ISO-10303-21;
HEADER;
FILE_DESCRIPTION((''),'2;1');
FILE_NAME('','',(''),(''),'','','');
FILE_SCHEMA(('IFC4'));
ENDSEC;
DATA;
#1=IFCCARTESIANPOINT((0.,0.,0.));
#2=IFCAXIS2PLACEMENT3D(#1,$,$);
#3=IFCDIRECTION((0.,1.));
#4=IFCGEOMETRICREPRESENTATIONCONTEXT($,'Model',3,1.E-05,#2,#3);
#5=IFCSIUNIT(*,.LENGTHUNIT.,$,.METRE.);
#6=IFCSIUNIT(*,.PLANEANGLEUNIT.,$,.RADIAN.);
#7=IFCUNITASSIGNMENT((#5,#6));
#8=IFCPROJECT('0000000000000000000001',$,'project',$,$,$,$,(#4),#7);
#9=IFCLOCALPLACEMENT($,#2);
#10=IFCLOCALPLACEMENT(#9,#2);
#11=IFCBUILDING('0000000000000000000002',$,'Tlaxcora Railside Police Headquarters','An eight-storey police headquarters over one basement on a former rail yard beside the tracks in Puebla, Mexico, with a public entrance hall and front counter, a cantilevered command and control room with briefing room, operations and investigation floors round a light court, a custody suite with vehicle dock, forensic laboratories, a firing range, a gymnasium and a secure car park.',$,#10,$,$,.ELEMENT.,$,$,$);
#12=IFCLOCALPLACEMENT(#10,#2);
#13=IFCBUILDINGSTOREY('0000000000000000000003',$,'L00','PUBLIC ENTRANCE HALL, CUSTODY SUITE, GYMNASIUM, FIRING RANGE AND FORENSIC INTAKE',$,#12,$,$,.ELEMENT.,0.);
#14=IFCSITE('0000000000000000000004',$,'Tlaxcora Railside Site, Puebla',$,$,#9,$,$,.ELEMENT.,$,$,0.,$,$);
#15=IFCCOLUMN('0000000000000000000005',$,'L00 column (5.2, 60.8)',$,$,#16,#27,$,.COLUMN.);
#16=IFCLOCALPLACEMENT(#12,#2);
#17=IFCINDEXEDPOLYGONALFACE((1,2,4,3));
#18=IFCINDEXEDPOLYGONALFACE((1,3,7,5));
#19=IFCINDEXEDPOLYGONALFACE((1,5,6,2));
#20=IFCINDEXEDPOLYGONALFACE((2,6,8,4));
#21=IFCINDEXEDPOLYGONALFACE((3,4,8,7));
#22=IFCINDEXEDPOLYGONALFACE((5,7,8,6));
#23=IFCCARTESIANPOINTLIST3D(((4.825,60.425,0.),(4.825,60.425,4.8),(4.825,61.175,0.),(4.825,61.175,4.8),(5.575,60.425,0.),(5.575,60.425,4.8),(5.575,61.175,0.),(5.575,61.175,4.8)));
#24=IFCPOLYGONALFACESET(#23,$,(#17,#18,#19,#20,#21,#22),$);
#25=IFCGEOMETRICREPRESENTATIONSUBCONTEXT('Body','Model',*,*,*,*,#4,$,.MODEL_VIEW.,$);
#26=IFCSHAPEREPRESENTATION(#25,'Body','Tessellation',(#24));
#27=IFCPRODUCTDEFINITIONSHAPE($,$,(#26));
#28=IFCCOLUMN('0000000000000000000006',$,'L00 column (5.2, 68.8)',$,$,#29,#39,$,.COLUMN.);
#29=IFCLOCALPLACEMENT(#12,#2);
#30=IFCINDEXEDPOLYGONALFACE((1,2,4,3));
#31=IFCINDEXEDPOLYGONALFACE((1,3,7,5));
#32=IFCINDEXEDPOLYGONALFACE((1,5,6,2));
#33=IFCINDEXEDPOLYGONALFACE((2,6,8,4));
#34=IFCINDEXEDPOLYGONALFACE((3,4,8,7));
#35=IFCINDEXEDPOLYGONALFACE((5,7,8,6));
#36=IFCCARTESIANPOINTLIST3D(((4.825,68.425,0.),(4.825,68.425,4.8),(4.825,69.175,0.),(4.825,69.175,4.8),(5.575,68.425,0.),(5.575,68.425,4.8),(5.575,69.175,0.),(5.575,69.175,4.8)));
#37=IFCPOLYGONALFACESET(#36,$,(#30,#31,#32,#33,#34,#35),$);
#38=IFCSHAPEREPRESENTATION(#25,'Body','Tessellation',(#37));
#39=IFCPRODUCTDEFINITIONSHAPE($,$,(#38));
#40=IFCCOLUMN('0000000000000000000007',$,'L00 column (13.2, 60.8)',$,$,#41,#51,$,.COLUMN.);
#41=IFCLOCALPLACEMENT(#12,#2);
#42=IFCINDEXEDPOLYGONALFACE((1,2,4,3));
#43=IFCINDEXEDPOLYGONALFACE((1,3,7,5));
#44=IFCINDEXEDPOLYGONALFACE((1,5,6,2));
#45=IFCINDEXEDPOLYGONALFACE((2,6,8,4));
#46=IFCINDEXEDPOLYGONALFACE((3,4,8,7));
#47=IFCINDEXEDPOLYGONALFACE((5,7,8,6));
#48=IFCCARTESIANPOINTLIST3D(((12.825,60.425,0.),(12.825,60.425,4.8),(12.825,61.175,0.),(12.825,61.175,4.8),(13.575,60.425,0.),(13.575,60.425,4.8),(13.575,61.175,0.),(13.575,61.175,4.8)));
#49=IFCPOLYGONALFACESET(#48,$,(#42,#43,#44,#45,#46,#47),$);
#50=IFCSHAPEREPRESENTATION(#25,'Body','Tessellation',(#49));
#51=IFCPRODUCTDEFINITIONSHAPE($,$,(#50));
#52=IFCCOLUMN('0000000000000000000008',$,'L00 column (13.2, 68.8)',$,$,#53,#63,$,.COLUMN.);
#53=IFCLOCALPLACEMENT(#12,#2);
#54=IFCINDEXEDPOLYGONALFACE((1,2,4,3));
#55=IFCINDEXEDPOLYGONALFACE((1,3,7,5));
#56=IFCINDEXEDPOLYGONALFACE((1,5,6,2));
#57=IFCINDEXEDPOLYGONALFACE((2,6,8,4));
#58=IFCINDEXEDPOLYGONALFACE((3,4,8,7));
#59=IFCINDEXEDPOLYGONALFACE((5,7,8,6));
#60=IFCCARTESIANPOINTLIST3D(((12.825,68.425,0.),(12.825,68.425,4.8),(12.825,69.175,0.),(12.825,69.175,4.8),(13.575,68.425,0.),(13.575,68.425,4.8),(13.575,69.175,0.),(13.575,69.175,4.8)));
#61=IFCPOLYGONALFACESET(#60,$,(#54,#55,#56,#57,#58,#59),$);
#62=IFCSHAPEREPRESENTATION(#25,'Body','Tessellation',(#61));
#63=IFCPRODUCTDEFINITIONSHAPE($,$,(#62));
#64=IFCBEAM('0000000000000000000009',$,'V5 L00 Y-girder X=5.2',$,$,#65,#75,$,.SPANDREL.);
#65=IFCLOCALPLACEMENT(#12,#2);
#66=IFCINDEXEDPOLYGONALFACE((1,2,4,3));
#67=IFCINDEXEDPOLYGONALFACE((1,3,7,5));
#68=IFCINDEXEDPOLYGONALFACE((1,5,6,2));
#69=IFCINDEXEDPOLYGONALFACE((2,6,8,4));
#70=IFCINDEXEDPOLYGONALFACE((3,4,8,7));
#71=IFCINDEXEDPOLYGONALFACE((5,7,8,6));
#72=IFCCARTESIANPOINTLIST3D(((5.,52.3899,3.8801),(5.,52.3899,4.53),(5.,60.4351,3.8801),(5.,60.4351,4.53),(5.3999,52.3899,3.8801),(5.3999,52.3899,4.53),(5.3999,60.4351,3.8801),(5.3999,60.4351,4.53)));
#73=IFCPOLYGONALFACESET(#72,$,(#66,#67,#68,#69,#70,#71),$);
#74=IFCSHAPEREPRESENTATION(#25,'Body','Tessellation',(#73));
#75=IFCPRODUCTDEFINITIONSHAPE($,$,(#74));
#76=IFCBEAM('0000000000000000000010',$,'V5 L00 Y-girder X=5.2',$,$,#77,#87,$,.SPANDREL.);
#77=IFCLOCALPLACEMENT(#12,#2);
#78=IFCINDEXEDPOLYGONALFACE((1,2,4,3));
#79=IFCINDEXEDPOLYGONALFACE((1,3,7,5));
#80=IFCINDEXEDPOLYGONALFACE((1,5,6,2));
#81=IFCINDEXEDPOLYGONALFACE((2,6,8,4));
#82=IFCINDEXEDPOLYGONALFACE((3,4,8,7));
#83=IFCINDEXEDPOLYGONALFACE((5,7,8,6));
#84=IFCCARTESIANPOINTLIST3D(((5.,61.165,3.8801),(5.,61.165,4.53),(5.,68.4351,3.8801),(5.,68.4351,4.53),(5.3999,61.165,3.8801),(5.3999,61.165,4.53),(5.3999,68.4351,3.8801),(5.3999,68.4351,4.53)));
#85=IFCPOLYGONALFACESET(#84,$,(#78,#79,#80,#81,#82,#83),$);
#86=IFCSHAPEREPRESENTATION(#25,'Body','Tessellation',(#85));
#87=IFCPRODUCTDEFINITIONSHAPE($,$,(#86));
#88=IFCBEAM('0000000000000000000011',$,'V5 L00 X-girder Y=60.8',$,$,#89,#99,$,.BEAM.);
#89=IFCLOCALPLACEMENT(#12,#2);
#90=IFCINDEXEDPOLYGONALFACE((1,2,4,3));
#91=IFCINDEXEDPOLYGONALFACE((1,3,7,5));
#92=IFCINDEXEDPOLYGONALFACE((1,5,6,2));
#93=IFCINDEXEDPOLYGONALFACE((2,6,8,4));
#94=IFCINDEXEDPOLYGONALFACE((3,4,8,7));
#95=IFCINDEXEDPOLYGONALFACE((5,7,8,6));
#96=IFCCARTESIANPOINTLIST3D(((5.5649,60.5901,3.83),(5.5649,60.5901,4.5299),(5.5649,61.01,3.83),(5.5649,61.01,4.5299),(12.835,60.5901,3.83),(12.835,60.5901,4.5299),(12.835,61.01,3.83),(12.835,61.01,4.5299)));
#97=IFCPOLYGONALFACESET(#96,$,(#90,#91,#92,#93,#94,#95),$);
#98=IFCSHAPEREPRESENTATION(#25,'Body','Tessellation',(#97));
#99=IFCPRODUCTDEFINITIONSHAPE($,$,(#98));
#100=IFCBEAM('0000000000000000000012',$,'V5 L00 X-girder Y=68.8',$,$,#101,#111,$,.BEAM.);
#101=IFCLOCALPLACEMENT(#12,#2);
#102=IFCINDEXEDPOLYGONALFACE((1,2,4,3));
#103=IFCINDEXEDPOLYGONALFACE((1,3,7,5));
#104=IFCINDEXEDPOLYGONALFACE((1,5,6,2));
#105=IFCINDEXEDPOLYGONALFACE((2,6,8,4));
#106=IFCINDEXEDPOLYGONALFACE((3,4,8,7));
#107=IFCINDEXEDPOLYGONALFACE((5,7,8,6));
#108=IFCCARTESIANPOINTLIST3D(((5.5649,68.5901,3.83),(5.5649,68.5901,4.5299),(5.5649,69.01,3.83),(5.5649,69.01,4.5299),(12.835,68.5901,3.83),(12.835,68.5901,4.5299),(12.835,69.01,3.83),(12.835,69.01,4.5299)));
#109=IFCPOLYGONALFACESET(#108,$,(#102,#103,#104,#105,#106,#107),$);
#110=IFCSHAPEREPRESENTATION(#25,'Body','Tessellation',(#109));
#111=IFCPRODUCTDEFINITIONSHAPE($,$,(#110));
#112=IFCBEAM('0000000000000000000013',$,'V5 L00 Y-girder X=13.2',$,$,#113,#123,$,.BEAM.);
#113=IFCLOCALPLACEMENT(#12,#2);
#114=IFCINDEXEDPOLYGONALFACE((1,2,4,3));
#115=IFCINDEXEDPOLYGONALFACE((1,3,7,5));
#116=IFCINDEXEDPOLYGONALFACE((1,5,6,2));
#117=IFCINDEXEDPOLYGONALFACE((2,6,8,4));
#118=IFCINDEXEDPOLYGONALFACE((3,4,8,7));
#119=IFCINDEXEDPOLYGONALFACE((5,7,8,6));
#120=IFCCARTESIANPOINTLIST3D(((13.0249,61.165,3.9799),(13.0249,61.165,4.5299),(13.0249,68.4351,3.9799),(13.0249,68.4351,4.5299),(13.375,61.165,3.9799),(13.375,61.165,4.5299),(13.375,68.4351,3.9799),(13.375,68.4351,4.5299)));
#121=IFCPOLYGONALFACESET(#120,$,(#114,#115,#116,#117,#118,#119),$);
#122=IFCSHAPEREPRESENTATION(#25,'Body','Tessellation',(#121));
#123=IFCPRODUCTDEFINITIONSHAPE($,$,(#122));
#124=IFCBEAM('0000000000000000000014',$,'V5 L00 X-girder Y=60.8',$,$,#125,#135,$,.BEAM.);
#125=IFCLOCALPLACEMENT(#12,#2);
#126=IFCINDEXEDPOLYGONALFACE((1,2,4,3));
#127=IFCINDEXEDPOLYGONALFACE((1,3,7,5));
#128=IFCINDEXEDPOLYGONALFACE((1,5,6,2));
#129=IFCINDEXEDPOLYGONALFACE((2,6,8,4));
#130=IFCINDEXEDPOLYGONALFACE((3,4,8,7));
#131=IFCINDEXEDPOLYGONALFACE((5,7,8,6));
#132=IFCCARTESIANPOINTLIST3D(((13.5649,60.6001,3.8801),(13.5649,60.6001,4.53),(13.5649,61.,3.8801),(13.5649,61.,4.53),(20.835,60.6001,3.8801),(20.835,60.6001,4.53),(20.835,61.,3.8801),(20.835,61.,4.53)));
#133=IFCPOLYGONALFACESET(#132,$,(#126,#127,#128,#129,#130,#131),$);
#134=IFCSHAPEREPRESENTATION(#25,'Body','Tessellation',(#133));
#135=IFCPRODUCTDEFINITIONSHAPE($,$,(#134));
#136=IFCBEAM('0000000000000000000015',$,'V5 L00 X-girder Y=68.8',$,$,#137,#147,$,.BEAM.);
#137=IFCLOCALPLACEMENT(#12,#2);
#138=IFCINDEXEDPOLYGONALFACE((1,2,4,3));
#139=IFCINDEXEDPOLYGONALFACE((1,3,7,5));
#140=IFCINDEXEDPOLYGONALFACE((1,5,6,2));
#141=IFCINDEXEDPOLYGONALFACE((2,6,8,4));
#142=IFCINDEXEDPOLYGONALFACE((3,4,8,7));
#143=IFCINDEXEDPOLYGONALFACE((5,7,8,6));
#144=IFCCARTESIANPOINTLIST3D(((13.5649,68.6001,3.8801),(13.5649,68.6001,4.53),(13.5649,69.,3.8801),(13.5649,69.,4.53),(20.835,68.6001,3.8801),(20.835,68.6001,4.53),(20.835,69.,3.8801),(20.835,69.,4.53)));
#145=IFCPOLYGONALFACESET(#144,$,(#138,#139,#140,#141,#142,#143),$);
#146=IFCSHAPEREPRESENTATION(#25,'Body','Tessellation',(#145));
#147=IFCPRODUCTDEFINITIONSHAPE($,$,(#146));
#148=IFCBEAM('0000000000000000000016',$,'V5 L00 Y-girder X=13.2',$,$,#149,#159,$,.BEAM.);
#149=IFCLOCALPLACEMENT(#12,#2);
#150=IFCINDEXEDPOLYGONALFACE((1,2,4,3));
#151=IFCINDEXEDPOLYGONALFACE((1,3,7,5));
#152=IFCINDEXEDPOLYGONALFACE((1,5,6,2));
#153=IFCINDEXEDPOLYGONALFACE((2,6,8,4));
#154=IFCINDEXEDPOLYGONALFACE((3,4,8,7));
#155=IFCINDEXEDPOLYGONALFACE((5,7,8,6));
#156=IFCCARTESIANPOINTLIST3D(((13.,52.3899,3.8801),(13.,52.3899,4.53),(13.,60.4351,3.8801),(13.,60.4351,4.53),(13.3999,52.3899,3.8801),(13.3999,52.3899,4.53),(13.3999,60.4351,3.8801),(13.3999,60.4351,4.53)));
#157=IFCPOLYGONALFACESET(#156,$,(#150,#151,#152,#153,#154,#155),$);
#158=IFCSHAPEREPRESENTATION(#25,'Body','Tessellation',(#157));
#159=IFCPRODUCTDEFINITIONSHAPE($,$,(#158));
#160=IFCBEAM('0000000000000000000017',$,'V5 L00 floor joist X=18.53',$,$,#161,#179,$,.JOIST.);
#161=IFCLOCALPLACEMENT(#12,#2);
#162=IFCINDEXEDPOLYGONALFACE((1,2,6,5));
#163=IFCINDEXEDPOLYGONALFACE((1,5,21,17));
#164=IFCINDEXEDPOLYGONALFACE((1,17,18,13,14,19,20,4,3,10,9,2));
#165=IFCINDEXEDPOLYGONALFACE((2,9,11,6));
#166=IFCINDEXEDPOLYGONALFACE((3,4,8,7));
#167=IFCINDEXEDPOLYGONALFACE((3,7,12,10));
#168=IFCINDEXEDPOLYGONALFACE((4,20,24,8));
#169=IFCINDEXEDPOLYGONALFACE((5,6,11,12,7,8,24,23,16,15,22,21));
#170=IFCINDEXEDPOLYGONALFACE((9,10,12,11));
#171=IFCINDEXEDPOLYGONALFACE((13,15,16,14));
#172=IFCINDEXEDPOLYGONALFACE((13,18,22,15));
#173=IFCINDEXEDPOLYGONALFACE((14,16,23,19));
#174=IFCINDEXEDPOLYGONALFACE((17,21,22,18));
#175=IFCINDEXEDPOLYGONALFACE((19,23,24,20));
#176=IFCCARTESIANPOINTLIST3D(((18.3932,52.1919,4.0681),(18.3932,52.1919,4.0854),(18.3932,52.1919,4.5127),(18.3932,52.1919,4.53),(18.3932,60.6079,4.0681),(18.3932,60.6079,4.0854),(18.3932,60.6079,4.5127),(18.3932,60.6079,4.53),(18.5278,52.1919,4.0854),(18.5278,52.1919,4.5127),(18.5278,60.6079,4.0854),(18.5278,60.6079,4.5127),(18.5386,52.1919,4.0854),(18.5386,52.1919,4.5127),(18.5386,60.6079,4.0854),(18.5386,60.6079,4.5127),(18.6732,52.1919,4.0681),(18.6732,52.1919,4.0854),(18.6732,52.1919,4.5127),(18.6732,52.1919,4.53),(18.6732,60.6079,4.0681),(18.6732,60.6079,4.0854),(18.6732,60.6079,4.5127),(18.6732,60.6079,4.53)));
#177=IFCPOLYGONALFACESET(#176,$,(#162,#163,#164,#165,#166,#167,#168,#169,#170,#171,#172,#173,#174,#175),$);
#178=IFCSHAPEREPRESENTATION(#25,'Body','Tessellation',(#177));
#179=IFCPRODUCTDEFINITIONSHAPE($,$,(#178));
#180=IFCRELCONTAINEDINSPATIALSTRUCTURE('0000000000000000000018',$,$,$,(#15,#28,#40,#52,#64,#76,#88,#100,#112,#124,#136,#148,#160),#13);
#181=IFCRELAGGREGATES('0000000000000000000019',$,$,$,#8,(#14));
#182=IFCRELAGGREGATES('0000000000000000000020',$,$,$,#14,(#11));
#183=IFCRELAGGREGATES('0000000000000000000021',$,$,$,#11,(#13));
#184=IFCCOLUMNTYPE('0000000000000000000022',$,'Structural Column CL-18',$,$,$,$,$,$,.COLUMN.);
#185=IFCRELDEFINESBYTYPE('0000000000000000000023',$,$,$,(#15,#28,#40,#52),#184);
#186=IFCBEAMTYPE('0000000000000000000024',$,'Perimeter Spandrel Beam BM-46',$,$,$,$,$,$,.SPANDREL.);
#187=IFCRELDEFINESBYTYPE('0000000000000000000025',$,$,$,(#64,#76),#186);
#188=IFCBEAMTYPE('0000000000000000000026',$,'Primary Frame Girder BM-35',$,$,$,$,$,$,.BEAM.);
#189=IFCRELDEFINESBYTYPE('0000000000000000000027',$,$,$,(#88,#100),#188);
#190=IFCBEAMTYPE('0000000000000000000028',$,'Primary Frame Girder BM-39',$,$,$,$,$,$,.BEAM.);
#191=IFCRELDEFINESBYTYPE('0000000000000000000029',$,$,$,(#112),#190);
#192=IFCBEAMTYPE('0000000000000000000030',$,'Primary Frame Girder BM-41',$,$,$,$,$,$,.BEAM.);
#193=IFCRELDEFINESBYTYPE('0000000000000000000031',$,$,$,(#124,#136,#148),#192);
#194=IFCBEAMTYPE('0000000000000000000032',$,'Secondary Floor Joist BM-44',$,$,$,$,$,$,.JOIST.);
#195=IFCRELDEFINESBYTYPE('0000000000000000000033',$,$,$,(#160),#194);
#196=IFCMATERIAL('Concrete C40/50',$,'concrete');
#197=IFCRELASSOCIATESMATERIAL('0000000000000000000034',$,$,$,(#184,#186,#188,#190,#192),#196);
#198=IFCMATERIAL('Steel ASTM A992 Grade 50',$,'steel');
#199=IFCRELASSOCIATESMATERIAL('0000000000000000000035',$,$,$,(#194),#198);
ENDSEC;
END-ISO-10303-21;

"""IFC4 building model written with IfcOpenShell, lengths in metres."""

from ifc_helpers import new_model, si_unit, direction, frame, origin, origin_2d, place, context, subcontext, project, spatial, rectangle, i_section, extrude, material, material_profile, profile_set, type_object, element, save


model = new_model("IFC4")

# Units and contexts
model_context = context("Model", 3, precision=1e-05, world=origin(), true_north=direction((0.0, 1.0)))
body_context = subcontext(model_context, "Body", "Model", "MODEL_VIEW")
ifc_project = project(units=[si_unit("LENGTHUNIT", "METRE"), si_unit("PLANEANGLEUNIT", "RADIAN")], contexts=[model_context])

# Site, building, storey
site_placement = place(None, origin())
site = spatial("IfcSite", under=ifc_project, at=site_placement, Name="Tlaxcora Railside Site, Puebla", CompositionType="ELEMENT", RefElevation=0.0)
building_placement = place(site_placement, origin())
building = spatial("IfcBuilding", under=site, at=building_placement, Name="Tlaxcora Railside Police Headquarters", Description="An eight-storey police headquarters over one basement on a former rail yard beside the tracks in Puebla, Mexico, with a public entrance hall and front counter, a cantilevered command and control room with briefing room, operations and investigation floors round a light court, a custody suite with vehicle dock, forensic laboratories, a firing range, a gymnasium and a secure car park.", CompositionType="ELEMENT")
storey_placement = place(building_placement, origin())
storey = spatial("IfcBuildingStorey", under=building, at=storey_placement, Name="L00", Description="PUBLIC ENTRANCE HALL, CUSTODY SUITE, GYMNASIUM, FIRING RANGE AND FORENSIC INTAKE", CompositionType="ELEMENT", Elevation=0.0)

# Columns
ifc_material_1 = material(Name="Concrete C40/50", Category="concrete")
ifc_material_profile_1 = material_profile(ifc_material_1, rectangle(XDim=0.75, YDim=0.75, at=origin_2d()), Name="RC750X750")
ifc_profile_set_1 = profile_set([ifc_material_profile_1], Name="Concrete C40/50")
column_type = type_object("IfcColumnType", Name="Structural Column CL-18", PredefinedType="COLUMN", material=ifc_profile_set_1)
for number, where, z_axis, x_axis, name in (
    (1, (5.2, 60.8, 0.0), (0.0, 0.0, 1.0), (1.0, 0.0, 0.0), "L00 column (5.2, 60.8)"),
    (2, (5.2, 68.8, 0.0), (0.0, 0.0, 1.0), (1.0, 0.0, 0.0), "L00 column (5.2, 68.8)"),
    (3, (13.2, 60.8, 0.0), (0.0, 0.0, 1.0), (1.0, 0.0, 0.0), "L00 column (13.2, 60.8)"),
    (4, (13.2, 68.8, 0.0), (0.0, 0.0, 1.0), (1.0, 0.0, 0.0), "L00 column (13.2, 68.8)"),
):
    element("IfcColumn", number, at=place(storey_placement, frame(where, z_axis=z_axis, x_axis=x_axis)), inside=storey, type_object=column_type, Name=name, PredefinedType="COLUMN", context=body_context, shape_type="SweptSolid", body=[
        extrude(rectangle(XDim=0.75, YDim=0.75, at=origin_2d()), origin(), (0.0, 0.0, 1.0), 4.8),
    ])

# Beams
ifc_material_profile_2 = material_profile(ifc_material_1, rectangle(XDim=0.3999, YDim=0.6499, at=origin_2d()), Name="RC400X650")
ifc_profile_set_2 = profile_set([ifc_material_profile_2], Name="Concrete C40/50")
beam_type_1 = type_object("IfcBeamType", Name="Perimeter Spandrel Beam BM-46", PredefinedType="SPANDREL", material=ifc_profile_set_2)
beam_1_placement = place(storey_placement, frame((5.2, 52.3899, 4.2051), z_axis=(0.0, 1.0, 0.0), x_axis=(-1.0, 0.0, 0.0)))
element("IfcBeam", 5, at=beam_1_placement, inside=storey, type_object=beam_type_1, Name="V5 L00 Y-girder X=5.2", PredefinedType="SPANDREL", context=body_context, shape_type="SweptSolid", body=[
    extrude(rectangle(XDim=0.3999, YDim=0.6499, at=origin_2d()), origin(), (0.0, 0.0, 1.0), 8.0452),
])
beam_2_placement = place(storey_placement, frame((5.2, 61.165, 4.2051), z_axis=(0.0, 1.0, 0.0), x_axis=(-1.0, 0.0, 0.0)))
element("IfcBeam", 6, at=beam_2_placement, inside=storey, type_object=beam_type_1, Name="V5 L00 Y-girder X=5.2", PredefinedType="SPANDREL", context=body_context, shape_type="SweptSolid", body=[
    extrude(rectangle(XDim=0.3999, YDim=0.6499, at=origin_2d()), origin(), (0.0, 0.0, 1.0), 7.27),
])
ifc_material_profile_3 = material_profile(ifc_material_1, rectangle(XDim=0.4199, YDim=0.7, at=origin_2d()), Name="RC420X700")
ifc_profile_set_3 = profile_set([ifc_material_profile_3], Name="Concrete C40/50")
beam_type_2 = type_object("IfcBeamType", Name="Primary Frame Girder BM-35", PredefinedType="BEAM", material=ifc_profile_set_3)
for number, where, z_axis, x_axis, name in (
    (7, (5.5649, 60.8, 4.1799), (1.0, 0.0, 0.0), (0.0, 1.0, 0.0), "V5 L00 X-girder Y=60.8"),
    (8, (5.5649, 68.8, 4.1799), (1.0, 0.0, 0.0), (0.0, 1.0, 0.0), "V5 L00 X-girder Y=68.8"),
):
    element("IfcBeam", number, at=place(storey_placement, frame(where, z_axis=z_axis, x_axis=x_axis)), inside=storey, type_object=beam_type_2, Name=name, PredefinedType="BEAM", context=body_context, shape_type="SweptSolid", body=[
        extrude(rectangle(XDim=0.4199, YDim=0.7, at=origin_2d()), origin(), (0.0, 0.0, 1.0), 7.27),
    ])
ifc_material_profile_4 = material_profile(ifc_material_1, rectangle(XDim=0.3501, YDim=0.55, at=origin_2d()), Name="RC350X550")
ifc_profile_set_4 = profile_set([ifc_material_profile_4], Name="Concrete C40/50")
beam_type_3 = type_object("IfcBeamType", Name="Primary Frame Girder BM-39", PredefinedType="BEAM", material=ifc_profile_set_4)
beam_3_placement = place(storey_placement, frame((13.2, 61.165, 4.2549), z_axis=(0.0, 1.0, 0.0), x_axis=(-1.0, 0.0, 0.0)))
element("IfcBeam", 9, at=beam_3_placement, inside=storey, type_object=beam_type_3, Name="V5 L00 Y-girder X=13.2", PredefinedType="BEAM", context=body_context, shape_type="SweptSolid", body=[
    extrude(rectangle(XDim=0.3501, YDim=0.55, at=origin_2d()), origin(), (0.0, 0.0, 1.0), 7.27),
])
ifc_material_profile_5 = material_profile(ifc_material_1, rectangle(XDim=0.3999, YDim=0.6499, at=origin_2d()), Name="RC400X650")
ifc_profile_set_5 = profile_set([ifc_material_profile_5], Name="Concrete C40/50")
beam_type_4 = type_object("IfcBeamType", Name="Primary Frame Girder BM-41", PredefinedType="BEAM", material=ifc_profile_set_5)
for number, where, z_axis, x_axis, name in (
    (10, (13.5649, 60.8, 4.2051), (1.0, 0.0, 0.0), (0.0, 1.0, 0.0), "V5 L00 X-girder Y=60.8"),
    (11, (13.5649, 68.8, 4.2051), (1.0, 0.0, 0.0), (0.0, 1.0, 0.0), "V5 L00 X-girder Y=68.8"),
):
    element("IfcBeam", number, at=place(storey_placement, frame(where, z_axis=z_axis, x_axis=x_axis)), inside=storey, type_object=beam_type_4, Name=name, PredefinedType="BEAM", context=body_context, shape_type="SweptSolid", body=[
        extrude(rectangle(XDim=0.3999, YDim=0.6499, at=origin_2d()), origin(), (0.0, 0.0, 1.0), 7.27),
    ])
beam_4_placement = place(storey_placement, frame((13.2, 52.3899, 4.2051), z_axis=(0.0, 1.0, 0.0), x_axis=(-1.0, 0.0, 0.0)))
element("IfcBeam", 12, at=beam_4_placement, inside=storey, type_object=beam_type_4, Name="V5 L00 Y-girder X=13.2", PredefinedType="BEAM", context=body_context, shape_type="SweptSolid", body=[
    extrude(rectangle(XDim=0.3999, YDim=0.6499, at=origin_2d()), origin(), (0.0, 0.0, 1.0), 8.0452),
])
ifc_material_2 = material(Name="Steel ASTM A992 Grade 50", Category="steel")
ifc_material_profile_6 = material_profile(ifc_material_2, i_section(OverallWidth=0.28, OverallDepth=0.4619, WebThickness=0.0107, FlangeThickness=0.0173, at=origin_2d()), Name="W18X76")
ifc_profile_set_6 = profile_set([ifc_material_profile_6], Name="Steel ASTM A992 Grade 50")
beam_type_5 = type_object("IfcBeamType", Name="Secondary Floor Joist BM-44", PredefinedType="JOIST", material=ifc_profile_set_6)
beam_5_placement = place(storey_placement, frame((18.5332, 52.1919, 4.2991), z_axis=(0.0, 1.0, 0.0), x_axis=(-1.0, 0.0, 0.0)))
element("IfcBeam", 13, at=beam_5_placement, inside=storey, type_object=beam_type_5, Name="V5 L00 floor joist X=18.53", PredefinedType="JOIST", context=body_context, shape_type="SweptSolid", body=[
    extrude(i_section(OverallWidth=0.28, OverallDepth=0.4619, WebThickness=0.0107, FlangeThickness=0.0173, at=origin_2d()), origin(), (0.0, 0.0, 1.0), 8.416),
])

save(model, "model.ifc")
